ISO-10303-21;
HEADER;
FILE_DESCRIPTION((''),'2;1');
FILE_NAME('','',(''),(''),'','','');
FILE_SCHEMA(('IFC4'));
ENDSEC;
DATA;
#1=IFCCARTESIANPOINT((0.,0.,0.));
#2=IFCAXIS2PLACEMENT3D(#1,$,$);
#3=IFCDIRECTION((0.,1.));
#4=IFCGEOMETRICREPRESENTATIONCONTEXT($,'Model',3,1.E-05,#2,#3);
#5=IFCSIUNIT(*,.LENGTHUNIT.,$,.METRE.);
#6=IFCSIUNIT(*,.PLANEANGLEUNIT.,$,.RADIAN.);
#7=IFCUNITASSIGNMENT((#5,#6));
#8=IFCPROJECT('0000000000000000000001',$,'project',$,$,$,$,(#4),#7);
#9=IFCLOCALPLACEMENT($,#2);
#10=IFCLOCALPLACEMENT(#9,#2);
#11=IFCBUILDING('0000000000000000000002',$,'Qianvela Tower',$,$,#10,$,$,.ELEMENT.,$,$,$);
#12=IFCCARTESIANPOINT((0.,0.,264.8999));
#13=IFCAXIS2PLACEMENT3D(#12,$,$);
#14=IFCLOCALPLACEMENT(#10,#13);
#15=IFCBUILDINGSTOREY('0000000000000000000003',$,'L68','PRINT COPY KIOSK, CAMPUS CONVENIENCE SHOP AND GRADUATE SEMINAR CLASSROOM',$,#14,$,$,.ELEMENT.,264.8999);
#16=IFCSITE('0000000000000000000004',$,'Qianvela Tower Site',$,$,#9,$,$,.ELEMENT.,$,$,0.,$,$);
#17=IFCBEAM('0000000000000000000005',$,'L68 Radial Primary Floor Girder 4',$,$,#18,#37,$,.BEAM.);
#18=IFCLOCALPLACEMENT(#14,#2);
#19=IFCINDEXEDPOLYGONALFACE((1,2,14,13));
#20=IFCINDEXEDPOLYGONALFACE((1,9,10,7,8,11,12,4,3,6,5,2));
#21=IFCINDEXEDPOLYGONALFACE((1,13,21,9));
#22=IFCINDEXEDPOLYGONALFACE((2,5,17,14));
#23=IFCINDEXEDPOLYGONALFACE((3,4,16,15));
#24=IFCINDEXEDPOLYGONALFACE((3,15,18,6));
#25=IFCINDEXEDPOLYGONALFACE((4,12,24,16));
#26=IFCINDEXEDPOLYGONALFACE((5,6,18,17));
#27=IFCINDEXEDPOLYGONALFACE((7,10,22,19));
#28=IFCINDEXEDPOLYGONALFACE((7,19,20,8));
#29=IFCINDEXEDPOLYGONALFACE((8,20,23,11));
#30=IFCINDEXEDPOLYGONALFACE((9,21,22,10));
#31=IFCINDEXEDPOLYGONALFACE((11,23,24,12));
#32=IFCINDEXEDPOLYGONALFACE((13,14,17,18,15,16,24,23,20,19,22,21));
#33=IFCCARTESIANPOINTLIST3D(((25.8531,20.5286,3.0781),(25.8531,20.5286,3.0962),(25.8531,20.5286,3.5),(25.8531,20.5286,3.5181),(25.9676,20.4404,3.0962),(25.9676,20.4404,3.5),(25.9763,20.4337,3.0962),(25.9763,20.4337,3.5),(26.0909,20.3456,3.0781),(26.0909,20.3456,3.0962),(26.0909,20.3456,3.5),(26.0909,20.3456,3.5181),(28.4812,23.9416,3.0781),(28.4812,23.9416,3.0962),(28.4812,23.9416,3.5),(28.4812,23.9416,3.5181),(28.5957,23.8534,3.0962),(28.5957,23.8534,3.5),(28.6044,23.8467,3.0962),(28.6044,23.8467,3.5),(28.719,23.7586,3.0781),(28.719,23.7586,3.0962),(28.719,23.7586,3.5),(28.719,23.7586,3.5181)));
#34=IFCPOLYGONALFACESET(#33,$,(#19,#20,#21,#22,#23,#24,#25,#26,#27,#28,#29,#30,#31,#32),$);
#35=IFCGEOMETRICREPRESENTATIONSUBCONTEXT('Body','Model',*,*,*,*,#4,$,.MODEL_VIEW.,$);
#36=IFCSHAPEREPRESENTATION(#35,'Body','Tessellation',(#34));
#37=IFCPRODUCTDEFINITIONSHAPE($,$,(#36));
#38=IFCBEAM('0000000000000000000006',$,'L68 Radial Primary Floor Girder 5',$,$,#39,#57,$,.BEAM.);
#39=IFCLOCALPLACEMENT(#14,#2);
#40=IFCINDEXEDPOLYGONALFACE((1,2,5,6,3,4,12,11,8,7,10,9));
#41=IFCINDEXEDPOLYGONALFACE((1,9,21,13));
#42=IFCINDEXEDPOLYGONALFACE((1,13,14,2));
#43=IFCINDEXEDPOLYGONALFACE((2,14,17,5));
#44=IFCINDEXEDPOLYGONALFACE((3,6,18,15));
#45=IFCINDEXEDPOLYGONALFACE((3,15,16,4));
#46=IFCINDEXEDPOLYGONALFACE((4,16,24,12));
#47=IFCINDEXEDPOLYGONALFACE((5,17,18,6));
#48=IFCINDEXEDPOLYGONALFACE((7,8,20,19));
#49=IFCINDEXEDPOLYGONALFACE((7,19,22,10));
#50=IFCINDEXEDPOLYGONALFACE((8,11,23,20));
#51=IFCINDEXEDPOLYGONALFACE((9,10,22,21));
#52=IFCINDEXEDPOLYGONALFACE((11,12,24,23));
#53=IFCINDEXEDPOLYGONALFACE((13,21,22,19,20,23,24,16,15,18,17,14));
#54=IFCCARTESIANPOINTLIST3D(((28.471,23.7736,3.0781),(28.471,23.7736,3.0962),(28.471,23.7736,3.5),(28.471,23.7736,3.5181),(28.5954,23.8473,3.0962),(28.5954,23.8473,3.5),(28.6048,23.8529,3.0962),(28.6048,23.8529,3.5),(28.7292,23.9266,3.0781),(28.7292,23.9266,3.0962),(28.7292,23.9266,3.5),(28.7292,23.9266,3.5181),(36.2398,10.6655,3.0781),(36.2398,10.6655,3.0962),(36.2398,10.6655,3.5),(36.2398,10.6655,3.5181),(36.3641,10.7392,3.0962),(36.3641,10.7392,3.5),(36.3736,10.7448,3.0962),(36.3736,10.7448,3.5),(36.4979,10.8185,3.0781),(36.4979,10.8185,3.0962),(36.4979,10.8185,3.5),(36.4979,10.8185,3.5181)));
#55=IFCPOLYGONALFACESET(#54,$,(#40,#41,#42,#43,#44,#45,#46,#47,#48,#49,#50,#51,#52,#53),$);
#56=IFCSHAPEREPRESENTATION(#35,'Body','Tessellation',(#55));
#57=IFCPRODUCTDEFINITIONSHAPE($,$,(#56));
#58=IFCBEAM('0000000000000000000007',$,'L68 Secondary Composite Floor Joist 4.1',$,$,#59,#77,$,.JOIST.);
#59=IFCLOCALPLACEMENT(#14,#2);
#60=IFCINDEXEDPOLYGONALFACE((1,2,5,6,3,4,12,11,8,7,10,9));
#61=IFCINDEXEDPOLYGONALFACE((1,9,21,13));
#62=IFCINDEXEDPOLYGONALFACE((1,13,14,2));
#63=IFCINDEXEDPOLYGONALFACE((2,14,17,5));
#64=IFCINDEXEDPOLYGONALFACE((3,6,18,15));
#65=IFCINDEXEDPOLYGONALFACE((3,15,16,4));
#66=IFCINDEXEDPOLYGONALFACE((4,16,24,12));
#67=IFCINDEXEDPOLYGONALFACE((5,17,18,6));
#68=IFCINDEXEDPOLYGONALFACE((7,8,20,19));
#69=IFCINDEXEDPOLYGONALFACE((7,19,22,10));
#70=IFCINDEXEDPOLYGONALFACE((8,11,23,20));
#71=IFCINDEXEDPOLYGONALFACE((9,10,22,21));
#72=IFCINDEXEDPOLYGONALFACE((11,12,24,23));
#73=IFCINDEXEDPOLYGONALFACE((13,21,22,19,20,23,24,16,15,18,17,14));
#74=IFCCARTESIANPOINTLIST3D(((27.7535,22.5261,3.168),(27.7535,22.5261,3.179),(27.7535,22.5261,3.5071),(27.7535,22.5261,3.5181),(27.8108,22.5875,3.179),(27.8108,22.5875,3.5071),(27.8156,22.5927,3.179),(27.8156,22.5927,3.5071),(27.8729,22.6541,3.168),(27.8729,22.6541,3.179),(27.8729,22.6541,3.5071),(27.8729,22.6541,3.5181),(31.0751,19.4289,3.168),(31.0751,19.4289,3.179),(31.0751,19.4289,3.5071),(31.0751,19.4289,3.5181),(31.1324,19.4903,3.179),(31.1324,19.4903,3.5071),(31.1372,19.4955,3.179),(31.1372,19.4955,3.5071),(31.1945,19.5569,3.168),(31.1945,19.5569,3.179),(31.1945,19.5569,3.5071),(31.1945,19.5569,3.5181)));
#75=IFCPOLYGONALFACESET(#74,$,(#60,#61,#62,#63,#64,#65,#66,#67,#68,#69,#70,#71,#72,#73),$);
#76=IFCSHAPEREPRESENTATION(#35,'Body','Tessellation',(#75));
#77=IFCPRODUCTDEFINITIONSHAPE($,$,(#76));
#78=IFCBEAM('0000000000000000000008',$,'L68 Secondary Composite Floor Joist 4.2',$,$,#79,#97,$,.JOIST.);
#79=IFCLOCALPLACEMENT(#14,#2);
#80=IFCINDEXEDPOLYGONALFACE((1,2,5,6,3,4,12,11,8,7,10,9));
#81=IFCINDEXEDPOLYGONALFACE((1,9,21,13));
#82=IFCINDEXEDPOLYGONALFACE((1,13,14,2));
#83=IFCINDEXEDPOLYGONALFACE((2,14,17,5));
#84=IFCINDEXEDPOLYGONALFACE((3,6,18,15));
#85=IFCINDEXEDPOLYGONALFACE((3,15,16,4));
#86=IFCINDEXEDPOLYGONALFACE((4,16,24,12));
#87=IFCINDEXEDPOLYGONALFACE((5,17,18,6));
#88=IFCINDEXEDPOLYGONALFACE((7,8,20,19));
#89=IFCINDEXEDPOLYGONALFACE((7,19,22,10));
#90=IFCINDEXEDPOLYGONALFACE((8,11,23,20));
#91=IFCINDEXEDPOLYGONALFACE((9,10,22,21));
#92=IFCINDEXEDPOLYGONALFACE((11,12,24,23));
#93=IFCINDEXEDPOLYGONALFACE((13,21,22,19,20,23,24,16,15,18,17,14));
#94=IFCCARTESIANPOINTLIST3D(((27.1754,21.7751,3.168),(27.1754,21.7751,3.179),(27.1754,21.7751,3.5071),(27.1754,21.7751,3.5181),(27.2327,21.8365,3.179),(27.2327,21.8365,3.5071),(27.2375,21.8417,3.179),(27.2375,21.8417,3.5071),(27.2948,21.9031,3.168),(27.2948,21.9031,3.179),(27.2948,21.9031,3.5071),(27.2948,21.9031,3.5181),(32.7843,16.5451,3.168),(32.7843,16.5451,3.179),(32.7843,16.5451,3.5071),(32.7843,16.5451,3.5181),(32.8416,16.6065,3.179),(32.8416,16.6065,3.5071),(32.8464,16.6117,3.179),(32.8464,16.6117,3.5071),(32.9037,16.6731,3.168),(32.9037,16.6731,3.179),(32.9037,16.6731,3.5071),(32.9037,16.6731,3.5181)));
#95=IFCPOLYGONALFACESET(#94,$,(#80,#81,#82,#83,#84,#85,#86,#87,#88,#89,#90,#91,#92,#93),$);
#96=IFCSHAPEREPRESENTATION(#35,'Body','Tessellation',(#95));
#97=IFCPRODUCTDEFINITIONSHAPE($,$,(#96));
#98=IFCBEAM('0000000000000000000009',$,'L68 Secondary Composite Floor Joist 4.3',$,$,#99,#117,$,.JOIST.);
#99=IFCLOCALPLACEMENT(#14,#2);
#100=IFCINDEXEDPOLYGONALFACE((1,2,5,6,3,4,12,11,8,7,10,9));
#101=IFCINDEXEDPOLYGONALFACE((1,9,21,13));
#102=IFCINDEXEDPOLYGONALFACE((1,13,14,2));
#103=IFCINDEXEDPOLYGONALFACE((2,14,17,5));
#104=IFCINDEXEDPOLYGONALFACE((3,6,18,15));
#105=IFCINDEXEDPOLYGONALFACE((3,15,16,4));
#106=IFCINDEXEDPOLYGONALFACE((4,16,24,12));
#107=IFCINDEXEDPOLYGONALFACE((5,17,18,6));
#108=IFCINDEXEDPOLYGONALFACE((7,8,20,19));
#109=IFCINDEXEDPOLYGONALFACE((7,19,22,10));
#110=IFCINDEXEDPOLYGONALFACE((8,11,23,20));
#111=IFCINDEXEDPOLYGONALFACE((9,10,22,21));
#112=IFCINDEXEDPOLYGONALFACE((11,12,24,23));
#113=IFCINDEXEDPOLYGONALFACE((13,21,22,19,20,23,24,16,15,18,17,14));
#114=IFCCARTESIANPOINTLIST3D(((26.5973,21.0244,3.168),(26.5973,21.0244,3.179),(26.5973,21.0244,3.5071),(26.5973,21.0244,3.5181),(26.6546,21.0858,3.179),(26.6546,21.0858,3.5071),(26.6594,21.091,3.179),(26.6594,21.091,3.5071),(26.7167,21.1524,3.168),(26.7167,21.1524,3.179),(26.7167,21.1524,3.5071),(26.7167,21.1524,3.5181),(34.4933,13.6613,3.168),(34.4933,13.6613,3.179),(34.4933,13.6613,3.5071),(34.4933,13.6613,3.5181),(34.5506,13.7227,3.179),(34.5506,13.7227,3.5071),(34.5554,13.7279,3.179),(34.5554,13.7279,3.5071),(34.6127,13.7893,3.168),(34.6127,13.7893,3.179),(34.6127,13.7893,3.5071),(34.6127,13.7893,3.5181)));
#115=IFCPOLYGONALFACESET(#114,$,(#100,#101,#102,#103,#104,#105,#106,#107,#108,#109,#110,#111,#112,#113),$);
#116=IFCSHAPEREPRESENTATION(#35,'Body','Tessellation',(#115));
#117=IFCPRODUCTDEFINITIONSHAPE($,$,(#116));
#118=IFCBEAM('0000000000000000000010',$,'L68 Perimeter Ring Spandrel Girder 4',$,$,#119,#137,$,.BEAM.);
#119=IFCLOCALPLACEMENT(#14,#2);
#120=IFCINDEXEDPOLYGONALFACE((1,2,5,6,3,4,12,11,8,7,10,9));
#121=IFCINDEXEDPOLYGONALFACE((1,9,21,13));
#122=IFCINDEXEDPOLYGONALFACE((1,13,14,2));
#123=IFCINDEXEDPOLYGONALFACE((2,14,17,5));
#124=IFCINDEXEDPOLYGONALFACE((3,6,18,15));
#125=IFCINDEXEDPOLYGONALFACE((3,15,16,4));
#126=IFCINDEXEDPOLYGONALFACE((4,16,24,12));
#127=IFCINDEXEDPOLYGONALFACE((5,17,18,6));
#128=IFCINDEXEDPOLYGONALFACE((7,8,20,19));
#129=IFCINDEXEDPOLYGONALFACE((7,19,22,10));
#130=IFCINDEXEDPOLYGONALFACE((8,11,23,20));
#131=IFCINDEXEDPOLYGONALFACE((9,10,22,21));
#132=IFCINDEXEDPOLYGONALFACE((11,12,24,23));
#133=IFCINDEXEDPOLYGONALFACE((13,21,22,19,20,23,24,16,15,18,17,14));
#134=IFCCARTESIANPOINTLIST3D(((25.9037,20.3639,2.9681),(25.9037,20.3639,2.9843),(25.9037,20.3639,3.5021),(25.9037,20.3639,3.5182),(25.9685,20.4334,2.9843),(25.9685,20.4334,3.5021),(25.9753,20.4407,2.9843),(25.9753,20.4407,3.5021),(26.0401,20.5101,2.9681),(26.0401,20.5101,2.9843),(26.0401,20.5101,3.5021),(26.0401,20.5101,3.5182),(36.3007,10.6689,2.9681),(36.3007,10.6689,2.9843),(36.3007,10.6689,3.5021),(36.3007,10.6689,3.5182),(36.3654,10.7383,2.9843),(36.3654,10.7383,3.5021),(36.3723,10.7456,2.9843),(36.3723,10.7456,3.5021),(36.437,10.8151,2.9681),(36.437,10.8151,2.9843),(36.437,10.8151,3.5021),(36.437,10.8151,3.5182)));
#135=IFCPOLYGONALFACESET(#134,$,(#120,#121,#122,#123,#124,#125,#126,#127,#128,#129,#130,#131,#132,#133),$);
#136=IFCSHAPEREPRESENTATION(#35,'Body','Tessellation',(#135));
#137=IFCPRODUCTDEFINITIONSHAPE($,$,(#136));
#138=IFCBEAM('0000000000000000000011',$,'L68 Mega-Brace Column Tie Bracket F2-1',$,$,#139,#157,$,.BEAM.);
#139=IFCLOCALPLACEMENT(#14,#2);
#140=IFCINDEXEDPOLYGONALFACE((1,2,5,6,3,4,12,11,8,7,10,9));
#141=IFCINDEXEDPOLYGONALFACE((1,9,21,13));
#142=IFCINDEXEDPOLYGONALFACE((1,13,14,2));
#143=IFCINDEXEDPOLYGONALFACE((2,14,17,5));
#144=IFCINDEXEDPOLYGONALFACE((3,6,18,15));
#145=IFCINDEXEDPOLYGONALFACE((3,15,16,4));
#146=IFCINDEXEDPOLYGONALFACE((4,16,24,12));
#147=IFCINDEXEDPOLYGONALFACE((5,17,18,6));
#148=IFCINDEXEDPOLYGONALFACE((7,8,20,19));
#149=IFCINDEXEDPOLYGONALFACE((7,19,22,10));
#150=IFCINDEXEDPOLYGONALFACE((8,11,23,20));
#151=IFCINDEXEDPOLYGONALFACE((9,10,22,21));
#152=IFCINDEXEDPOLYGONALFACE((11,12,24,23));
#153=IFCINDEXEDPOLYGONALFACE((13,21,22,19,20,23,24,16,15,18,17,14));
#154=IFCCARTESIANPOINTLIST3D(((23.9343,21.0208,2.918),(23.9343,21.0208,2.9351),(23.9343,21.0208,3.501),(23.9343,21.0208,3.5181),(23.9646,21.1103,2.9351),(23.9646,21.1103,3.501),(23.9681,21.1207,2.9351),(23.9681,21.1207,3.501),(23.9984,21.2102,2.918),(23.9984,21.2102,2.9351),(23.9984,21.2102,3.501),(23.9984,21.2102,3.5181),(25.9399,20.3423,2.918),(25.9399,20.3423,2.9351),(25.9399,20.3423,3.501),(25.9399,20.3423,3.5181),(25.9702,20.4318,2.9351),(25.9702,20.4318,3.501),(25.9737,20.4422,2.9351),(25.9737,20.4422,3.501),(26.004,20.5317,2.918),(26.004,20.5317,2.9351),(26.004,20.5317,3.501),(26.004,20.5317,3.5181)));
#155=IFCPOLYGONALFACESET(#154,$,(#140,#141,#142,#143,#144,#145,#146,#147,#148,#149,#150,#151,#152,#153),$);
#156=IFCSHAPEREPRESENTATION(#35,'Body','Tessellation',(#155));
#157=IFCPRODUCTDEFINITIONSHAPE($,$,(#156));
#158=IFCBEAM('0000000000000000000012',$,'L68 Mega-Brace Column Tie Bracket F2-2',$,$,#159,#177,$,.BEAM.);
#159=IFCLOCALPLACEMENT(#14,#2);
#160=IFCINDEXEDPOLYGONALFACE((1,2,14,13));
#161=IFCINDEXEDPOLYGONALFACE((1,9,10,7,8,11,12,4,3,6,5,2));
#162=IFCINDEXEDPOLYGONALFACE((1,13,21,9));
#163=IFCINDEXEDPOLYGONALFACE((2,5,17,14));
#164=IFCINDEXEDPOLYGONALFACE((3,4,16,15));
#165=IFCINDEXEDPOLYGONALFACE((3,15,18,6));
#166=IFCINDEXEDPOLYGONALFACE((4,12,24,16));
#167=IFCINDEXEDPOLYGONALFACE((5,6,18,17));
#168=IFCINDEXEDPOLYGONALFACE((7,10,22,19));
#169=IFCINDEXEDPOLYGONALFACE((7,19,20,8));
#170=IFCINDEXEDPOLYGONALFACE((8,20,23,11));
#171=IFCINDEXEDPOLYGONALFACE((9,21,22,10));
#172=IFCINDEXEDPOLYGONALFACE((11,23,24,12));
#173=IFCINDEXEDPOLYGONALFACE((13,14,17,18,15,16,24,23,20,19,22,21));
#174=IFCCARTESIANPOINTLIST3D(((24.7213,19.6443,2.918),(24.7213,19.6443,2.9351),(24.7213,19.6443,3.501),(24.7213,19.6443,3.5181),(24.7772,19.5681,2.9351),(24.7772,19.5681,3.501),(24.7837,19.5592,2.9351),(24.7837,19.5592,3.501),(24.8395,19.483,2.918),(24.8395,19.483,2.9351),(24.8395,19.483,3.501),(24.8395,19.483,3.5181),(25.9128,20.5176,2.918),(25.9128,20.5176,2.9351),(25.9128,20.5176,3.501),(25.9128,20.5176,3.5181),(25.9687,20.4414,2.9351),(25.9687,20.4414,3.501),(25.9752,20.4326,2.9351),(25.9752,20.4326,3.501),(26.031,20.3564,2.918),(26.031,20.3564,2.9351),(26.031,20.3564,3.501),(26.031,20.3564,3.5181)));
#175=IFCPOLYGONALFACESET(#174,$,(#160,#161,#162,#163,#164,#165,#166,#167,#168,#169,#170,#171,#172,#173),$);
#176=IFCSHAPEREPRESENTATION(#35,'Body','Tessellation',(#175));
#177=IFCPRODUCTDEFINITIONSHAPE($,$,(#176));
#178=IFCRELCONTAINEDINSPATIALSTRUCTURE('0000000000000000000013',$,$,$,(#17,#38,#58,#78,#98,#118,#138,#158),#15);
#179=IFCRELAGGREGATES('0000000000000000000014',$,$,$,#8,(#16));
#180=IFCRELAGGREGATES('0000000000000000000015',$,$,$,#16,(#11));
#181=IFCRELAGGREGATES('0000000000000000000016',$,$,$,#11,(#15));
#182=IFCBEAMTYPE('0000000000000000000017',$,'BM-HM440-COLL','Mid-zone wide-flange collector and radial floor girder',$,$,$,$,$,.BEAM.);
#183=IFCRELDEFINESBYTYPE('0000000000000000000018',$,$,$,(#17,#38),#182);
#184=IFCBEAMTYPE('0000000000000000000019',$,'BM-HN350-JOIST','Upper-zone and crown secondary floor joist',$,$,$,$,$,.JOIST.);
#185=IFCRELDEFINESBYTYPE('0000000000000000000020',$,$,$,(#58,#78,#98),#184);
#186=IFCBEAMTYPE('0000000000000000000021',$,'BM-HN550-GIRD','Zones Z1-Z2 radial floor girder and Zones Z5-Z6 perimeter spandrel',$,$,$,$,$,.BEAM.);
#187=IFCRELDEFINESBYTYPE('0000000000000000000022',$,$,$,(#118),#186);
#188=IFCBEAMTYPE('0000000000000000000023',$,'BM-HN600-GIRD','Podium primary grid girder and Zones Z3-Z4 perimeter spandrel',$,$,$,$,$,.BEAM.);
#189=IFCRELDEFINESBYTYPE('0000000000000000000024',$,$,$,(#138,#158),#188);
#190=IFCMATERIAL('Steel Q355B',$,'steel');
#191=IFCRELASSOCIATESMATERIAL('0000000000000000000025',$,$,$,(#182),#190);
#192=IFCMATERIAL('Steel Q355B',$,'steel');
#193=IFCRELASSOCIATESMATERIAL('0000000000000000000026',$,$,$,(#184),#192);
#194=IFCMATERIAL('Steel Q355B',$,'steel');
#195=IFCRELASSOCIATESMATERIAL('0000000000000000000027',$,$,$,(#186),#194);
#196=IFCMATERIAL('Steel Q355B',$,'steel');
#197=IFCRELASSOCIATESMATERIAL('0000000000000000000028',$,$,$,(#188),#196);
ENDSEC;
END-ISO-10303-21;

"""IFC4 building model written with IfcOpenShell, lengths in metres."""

from ifc_helpers import new_model, si_unit, direction, frame, origin, origin_2d, place, context, subcontext, project, spatial, i_section, extrude, material, material_profile, profile_set, type_object, element, save


model = new_model("IFC4")

# Units and contexts
model_context = context("Model", 3, precision=1e-05, world=origin(), true_north=direction((0.0, 1.0)))
body_context = subcontext(model_context, "Body", "Model", "MODEL_VIEW")
ifc_project = project(units=[si_unit("LENGTHUNIT", "METRE"), si_unit("PLANEANGLEUNIT", "RADIAN")], contexts=[model_context])

# Site, building, storey
site_placement = place(None, origin())
site = spatial("IfcSite", under=ifc_project, at=site_placement, Name="Qianvela Tower Site", CompositionType="ELEMENT", RefElevation=0.0)
building_placement = place(site_placement, origin())
building = spatial("IfcBuilding", under=site, at=building_placement, Name="Qianvela Tower", CompositionType="ELEMENT")
storey_placement = place(building_placement, frame((0.0, 0.0, 264.8999)))
storey = spatial("IfcBuildingStorey", under=building, at=storey_placement, Name="L68", Description="PRINT COPY KIOSK, CAMPUS CONVENIENCE SHOP AND GRADUATE SEMINAR CLASSROOM", CompositionType="ELEMENT", Elevation=264.8999)

# Beams
ifc_material_1 = material(Name="Steel Q355B", Category="steel")
ifc_material_profile_1 = material_profile(ifc_material_1, i_section(OverallWidth=0.3, OverallDepth=0.4399, WebThickness=0.011, FlangeThickness=0.0181, at=origin_2d()), Name="HM440x300x11x18")
ifc_profile_set_1 = profile_set([ifc_material_profile_1], Name="Steel Q355B")
beam_type_1 = type_object("IfcBeamType", Name="BM-HM440-COLL", Description="Mid-zone wide-flange collector and radial floor girder", PredefinedType="BEAM", material=ifc_profile_set_1)
beam_1_placement = place(storey_placement, frame((28.6001, 23.8501, 3.2981), z_axis=(-0.610108, -0.792318, 0.0), x_axis=(0.792318, -0.610108, 0.0)))
element("IfcBeam", 1, at=beam_1_placement, inside=storey, type_object=beam_type_1, Name="L68 Radial Primary Floor Girder 4", PredefinedType="BEAM", context=body_context, shape_type="SweptSolid", body=[
    extrude(i_section(OverallWidth=0.3, OverallDepth=0.4399, WebThickness=0.011, FlangeThickness=0.0181, at=origin_2d()), origin(), (0.0, 0.0, 1.0), 4.3076),
])
beam_2_placement = place(storey_placement, frame((28.6001, 23.8501, 3.2981), z_axis=(0.509851, -0.860263, 0.0), x_axis=(0.860263, 0.509851, 0.0)))
element("IfcBeam", 2, at=beam_2_placement, inside=storey, type_object=beam_type_1, Name="L68 Radial Primary Floor Girder 5", PredefinedType="BEAM", context=body_context, shape_type="SweptSolid", body=[
    extrude(i_section(OverallWidth=0.3, OverallDepth=0.4399, WebThickness=0.011, FlangeThickness=0.0181, at=origin_2d()), origin(), (0.0, 0.0, 1.0), 15.2373),
])
ifc_material_2 = material(Name="Steel Q355B", Category="steel")
ifc_material_profile_2 = material_profile(ifc_material_2, i_section(OverallWidth=0.175, OverallDepth=0.3501, WebThickness=0.0071, FlangeThickness=0.011, at=origin_2d()), Name="HN350x175x7x11")
ifc_profile_set_2 = profile_set([ifc_material_profile_2], Name="Steel Q355B")
beam_type_2 = type_object("IfcBeamType", Name="BM-HN350-JOIST", Description="Upper-zone and crown secondary floor joist", PredefinedType="JOIST", material=ifc_profile_set_2)
beam_3_placement = place(storey_placement, frame((27.8132, 22.5901, 3.343), z_axis=(0.731377, -0.681973, 0.0), x_axis=(0.681973, 0.731377, 0.0)))
element("IfcBeam", 3, at=beam_3_placement, inside=storey, type_object=beam_type_2, Name="L68 Secondary Composite Floor Joist 4.1", PredefinedType="JOIST", context=body_context, shape_type="SweptSolid", body=[
    extrude(i_section(OverallWidth=0.175, OverallDepth=0.3501, WebThickness=0.0071, FlangeThickness=0.011, at=origin_2d()), origin(), (0.0, 0.0, 1.0), 4.5415),
])
beam_4_placement = place(storey_placement, frame((27.2351, 21.8391, 3.343), z_axis=(0.731379, -0.681971, 0.0), x_axis=(0.681971, 0.731379, 0.0)))
element("IfcBeam", 4, at=beam_4_placement, inside=storey, type_object=beam_type_2, Name="L68 Secondary Composite Floor Joist 4.2", PredefinedType="JOIST", context=body_context, shape_type="SweptSolid", body=[
    extrude(i_section(OverallWidth=0.175, OverallDepth=0.3501, WebThickness=0.0071, FlangeThickness=0.011, at=origin_2d()), origin(), (0.0, 0.0, 1.0), 7.6689),
])
beam_5_placement = place(storey_placement, frame((26.657, 21.0884, 3.343), z_axis=(0.731358, -0.681993, 0.0), x_axis=(0.681993, 0.731358, 0.0)))
element("IfcBeam", 5, at=beam_5_placement, inside=storey, type_object=beam_type_2, Name="L68 Secondary Composite Floor Joist 4.3", PredefinedType="JOIST", context=body_context, shape_type="SweptSolid", body=[
    extrude(i_section(OverallWidth=0.175, OverallDepth=0.3501, WebThickness=0.0071, FlangeThickness=0.011, at=origin_2d()), origin(), (0.0, 0.0, 1.0), 10.7964),
])
ifc_material_3 = material(Name="Steel Q355B", Category="steel")
ifc_material_profile_3 = material_profile(ifc_material_3, i_section(OverallWidth=0.2, OverallDepth=0.55, WebThickness=0.01, FlangeThickness=0.0161, at=origin_2d()), Name="HN550x200x10x16")
ifc_profile_set_3 = profile_set([ifc_material_profile_3], Name="Steel Q355B")
beam_type_3 = type_object("IfcBeamType", Name="BM-HN550-GIRD", Description="Zones Z1-Z2 radial floor girder and Zones Z5-Z6 perimeter spandrel", PredefinedType="BEAM", material=ifc_profile_set_3)
beam_6_placement = place(storey_placement, frame((25.9719, 20.437, 3.2432), z_axis=(0.731363, -0.681988, 0.0), x_axis=(0.681988, 0.731363, 0.0)))
element("IfcBeam", 6, at=beam_6_placement, inside=storey, type_object=beam_type_3, Name="L68 Perimeter Ring Spandrel Girder 4", PredefinedType="BEAM", context=body_context, shape_type="SweptSolid", body=[
    extrude(i_section(OverallWidth=0.2, OverallDepth=0.55, WebThickness=0.01, FlangeThickness=0.0161, at=origin_2d()), origin(), (0.0, 0.0, 1.0), 14.2158),
])
ifc_material_4 = material(Name="Steel Q355B", Category="steel")
ifc_material_profile_4 = material_profile(ifc_material_4, i_section(OverallWidth=0.2, OverallDepth=0.6001, WebThickness=0.011, FlangeThickness=0.0171, at=origin_2d()), Name="HN600x200x11x17")
ifc_profile_set_4 = profile_set([ifc_material_profile_4], Name="Steel Q355B")
beam_type_4 = type_object("IfcBeamType", Name="BM-HN600-GIRD", Description="Podium primary grid girder and Zones Z3-Z4 perimeter spandrel", PredefinedType="BEAM", material=ifc_profile_set_4)
beam_7_placement = place(storey_placement, frame((25.9719, 20.437, 3.218), z_axis=(-0.947267, 0.320445, 0.0), x_axis=(-0.320445, -0.947267, 0.0)))
element("IfcBeam", 7, at=beam_7_placement, inside=storey, type_object=beam_type_4, Name="L68 Mega-Brace Column Tie Bracket F2-1", PredefinedType="BEAM", context=body_context, shape_type="SweptSolid", body=[
    extrude(i_section(OverallWidth=0.2, OverallDepth=0.6001, WebThickness=0.011, FlangeThickness=0.0171, at=origin_2d()), origin(), (0.0, 0.0, 1.0), 2.1172),
])
beam_8_placement = place(storey_placement, frame((25.9719, 20.437, 3.218), z_axis=(-0.806536, -0.591185, 0.0), x_axis=(0.591185, -0.806536, 0.0)))
element("IfcBeam", 8, at=beam_8_placement, inside=storey, type_object=beam_type_4, Name="L68 Mega-Brace Column Tie Bracket F2-2", PredefinedType="BEAM", context=body_context, shape_type="SweptSolid", body=[
    extrude(i_section(OverallWidth=0.2, OverallDepth=0.6001, WebThickness=0.011, FlangeThickness=0.0171, at=origin_2d()), origin(), (0.0, 0.0, 1.0), 1.4773),
])

save(model, "model.ifc")
